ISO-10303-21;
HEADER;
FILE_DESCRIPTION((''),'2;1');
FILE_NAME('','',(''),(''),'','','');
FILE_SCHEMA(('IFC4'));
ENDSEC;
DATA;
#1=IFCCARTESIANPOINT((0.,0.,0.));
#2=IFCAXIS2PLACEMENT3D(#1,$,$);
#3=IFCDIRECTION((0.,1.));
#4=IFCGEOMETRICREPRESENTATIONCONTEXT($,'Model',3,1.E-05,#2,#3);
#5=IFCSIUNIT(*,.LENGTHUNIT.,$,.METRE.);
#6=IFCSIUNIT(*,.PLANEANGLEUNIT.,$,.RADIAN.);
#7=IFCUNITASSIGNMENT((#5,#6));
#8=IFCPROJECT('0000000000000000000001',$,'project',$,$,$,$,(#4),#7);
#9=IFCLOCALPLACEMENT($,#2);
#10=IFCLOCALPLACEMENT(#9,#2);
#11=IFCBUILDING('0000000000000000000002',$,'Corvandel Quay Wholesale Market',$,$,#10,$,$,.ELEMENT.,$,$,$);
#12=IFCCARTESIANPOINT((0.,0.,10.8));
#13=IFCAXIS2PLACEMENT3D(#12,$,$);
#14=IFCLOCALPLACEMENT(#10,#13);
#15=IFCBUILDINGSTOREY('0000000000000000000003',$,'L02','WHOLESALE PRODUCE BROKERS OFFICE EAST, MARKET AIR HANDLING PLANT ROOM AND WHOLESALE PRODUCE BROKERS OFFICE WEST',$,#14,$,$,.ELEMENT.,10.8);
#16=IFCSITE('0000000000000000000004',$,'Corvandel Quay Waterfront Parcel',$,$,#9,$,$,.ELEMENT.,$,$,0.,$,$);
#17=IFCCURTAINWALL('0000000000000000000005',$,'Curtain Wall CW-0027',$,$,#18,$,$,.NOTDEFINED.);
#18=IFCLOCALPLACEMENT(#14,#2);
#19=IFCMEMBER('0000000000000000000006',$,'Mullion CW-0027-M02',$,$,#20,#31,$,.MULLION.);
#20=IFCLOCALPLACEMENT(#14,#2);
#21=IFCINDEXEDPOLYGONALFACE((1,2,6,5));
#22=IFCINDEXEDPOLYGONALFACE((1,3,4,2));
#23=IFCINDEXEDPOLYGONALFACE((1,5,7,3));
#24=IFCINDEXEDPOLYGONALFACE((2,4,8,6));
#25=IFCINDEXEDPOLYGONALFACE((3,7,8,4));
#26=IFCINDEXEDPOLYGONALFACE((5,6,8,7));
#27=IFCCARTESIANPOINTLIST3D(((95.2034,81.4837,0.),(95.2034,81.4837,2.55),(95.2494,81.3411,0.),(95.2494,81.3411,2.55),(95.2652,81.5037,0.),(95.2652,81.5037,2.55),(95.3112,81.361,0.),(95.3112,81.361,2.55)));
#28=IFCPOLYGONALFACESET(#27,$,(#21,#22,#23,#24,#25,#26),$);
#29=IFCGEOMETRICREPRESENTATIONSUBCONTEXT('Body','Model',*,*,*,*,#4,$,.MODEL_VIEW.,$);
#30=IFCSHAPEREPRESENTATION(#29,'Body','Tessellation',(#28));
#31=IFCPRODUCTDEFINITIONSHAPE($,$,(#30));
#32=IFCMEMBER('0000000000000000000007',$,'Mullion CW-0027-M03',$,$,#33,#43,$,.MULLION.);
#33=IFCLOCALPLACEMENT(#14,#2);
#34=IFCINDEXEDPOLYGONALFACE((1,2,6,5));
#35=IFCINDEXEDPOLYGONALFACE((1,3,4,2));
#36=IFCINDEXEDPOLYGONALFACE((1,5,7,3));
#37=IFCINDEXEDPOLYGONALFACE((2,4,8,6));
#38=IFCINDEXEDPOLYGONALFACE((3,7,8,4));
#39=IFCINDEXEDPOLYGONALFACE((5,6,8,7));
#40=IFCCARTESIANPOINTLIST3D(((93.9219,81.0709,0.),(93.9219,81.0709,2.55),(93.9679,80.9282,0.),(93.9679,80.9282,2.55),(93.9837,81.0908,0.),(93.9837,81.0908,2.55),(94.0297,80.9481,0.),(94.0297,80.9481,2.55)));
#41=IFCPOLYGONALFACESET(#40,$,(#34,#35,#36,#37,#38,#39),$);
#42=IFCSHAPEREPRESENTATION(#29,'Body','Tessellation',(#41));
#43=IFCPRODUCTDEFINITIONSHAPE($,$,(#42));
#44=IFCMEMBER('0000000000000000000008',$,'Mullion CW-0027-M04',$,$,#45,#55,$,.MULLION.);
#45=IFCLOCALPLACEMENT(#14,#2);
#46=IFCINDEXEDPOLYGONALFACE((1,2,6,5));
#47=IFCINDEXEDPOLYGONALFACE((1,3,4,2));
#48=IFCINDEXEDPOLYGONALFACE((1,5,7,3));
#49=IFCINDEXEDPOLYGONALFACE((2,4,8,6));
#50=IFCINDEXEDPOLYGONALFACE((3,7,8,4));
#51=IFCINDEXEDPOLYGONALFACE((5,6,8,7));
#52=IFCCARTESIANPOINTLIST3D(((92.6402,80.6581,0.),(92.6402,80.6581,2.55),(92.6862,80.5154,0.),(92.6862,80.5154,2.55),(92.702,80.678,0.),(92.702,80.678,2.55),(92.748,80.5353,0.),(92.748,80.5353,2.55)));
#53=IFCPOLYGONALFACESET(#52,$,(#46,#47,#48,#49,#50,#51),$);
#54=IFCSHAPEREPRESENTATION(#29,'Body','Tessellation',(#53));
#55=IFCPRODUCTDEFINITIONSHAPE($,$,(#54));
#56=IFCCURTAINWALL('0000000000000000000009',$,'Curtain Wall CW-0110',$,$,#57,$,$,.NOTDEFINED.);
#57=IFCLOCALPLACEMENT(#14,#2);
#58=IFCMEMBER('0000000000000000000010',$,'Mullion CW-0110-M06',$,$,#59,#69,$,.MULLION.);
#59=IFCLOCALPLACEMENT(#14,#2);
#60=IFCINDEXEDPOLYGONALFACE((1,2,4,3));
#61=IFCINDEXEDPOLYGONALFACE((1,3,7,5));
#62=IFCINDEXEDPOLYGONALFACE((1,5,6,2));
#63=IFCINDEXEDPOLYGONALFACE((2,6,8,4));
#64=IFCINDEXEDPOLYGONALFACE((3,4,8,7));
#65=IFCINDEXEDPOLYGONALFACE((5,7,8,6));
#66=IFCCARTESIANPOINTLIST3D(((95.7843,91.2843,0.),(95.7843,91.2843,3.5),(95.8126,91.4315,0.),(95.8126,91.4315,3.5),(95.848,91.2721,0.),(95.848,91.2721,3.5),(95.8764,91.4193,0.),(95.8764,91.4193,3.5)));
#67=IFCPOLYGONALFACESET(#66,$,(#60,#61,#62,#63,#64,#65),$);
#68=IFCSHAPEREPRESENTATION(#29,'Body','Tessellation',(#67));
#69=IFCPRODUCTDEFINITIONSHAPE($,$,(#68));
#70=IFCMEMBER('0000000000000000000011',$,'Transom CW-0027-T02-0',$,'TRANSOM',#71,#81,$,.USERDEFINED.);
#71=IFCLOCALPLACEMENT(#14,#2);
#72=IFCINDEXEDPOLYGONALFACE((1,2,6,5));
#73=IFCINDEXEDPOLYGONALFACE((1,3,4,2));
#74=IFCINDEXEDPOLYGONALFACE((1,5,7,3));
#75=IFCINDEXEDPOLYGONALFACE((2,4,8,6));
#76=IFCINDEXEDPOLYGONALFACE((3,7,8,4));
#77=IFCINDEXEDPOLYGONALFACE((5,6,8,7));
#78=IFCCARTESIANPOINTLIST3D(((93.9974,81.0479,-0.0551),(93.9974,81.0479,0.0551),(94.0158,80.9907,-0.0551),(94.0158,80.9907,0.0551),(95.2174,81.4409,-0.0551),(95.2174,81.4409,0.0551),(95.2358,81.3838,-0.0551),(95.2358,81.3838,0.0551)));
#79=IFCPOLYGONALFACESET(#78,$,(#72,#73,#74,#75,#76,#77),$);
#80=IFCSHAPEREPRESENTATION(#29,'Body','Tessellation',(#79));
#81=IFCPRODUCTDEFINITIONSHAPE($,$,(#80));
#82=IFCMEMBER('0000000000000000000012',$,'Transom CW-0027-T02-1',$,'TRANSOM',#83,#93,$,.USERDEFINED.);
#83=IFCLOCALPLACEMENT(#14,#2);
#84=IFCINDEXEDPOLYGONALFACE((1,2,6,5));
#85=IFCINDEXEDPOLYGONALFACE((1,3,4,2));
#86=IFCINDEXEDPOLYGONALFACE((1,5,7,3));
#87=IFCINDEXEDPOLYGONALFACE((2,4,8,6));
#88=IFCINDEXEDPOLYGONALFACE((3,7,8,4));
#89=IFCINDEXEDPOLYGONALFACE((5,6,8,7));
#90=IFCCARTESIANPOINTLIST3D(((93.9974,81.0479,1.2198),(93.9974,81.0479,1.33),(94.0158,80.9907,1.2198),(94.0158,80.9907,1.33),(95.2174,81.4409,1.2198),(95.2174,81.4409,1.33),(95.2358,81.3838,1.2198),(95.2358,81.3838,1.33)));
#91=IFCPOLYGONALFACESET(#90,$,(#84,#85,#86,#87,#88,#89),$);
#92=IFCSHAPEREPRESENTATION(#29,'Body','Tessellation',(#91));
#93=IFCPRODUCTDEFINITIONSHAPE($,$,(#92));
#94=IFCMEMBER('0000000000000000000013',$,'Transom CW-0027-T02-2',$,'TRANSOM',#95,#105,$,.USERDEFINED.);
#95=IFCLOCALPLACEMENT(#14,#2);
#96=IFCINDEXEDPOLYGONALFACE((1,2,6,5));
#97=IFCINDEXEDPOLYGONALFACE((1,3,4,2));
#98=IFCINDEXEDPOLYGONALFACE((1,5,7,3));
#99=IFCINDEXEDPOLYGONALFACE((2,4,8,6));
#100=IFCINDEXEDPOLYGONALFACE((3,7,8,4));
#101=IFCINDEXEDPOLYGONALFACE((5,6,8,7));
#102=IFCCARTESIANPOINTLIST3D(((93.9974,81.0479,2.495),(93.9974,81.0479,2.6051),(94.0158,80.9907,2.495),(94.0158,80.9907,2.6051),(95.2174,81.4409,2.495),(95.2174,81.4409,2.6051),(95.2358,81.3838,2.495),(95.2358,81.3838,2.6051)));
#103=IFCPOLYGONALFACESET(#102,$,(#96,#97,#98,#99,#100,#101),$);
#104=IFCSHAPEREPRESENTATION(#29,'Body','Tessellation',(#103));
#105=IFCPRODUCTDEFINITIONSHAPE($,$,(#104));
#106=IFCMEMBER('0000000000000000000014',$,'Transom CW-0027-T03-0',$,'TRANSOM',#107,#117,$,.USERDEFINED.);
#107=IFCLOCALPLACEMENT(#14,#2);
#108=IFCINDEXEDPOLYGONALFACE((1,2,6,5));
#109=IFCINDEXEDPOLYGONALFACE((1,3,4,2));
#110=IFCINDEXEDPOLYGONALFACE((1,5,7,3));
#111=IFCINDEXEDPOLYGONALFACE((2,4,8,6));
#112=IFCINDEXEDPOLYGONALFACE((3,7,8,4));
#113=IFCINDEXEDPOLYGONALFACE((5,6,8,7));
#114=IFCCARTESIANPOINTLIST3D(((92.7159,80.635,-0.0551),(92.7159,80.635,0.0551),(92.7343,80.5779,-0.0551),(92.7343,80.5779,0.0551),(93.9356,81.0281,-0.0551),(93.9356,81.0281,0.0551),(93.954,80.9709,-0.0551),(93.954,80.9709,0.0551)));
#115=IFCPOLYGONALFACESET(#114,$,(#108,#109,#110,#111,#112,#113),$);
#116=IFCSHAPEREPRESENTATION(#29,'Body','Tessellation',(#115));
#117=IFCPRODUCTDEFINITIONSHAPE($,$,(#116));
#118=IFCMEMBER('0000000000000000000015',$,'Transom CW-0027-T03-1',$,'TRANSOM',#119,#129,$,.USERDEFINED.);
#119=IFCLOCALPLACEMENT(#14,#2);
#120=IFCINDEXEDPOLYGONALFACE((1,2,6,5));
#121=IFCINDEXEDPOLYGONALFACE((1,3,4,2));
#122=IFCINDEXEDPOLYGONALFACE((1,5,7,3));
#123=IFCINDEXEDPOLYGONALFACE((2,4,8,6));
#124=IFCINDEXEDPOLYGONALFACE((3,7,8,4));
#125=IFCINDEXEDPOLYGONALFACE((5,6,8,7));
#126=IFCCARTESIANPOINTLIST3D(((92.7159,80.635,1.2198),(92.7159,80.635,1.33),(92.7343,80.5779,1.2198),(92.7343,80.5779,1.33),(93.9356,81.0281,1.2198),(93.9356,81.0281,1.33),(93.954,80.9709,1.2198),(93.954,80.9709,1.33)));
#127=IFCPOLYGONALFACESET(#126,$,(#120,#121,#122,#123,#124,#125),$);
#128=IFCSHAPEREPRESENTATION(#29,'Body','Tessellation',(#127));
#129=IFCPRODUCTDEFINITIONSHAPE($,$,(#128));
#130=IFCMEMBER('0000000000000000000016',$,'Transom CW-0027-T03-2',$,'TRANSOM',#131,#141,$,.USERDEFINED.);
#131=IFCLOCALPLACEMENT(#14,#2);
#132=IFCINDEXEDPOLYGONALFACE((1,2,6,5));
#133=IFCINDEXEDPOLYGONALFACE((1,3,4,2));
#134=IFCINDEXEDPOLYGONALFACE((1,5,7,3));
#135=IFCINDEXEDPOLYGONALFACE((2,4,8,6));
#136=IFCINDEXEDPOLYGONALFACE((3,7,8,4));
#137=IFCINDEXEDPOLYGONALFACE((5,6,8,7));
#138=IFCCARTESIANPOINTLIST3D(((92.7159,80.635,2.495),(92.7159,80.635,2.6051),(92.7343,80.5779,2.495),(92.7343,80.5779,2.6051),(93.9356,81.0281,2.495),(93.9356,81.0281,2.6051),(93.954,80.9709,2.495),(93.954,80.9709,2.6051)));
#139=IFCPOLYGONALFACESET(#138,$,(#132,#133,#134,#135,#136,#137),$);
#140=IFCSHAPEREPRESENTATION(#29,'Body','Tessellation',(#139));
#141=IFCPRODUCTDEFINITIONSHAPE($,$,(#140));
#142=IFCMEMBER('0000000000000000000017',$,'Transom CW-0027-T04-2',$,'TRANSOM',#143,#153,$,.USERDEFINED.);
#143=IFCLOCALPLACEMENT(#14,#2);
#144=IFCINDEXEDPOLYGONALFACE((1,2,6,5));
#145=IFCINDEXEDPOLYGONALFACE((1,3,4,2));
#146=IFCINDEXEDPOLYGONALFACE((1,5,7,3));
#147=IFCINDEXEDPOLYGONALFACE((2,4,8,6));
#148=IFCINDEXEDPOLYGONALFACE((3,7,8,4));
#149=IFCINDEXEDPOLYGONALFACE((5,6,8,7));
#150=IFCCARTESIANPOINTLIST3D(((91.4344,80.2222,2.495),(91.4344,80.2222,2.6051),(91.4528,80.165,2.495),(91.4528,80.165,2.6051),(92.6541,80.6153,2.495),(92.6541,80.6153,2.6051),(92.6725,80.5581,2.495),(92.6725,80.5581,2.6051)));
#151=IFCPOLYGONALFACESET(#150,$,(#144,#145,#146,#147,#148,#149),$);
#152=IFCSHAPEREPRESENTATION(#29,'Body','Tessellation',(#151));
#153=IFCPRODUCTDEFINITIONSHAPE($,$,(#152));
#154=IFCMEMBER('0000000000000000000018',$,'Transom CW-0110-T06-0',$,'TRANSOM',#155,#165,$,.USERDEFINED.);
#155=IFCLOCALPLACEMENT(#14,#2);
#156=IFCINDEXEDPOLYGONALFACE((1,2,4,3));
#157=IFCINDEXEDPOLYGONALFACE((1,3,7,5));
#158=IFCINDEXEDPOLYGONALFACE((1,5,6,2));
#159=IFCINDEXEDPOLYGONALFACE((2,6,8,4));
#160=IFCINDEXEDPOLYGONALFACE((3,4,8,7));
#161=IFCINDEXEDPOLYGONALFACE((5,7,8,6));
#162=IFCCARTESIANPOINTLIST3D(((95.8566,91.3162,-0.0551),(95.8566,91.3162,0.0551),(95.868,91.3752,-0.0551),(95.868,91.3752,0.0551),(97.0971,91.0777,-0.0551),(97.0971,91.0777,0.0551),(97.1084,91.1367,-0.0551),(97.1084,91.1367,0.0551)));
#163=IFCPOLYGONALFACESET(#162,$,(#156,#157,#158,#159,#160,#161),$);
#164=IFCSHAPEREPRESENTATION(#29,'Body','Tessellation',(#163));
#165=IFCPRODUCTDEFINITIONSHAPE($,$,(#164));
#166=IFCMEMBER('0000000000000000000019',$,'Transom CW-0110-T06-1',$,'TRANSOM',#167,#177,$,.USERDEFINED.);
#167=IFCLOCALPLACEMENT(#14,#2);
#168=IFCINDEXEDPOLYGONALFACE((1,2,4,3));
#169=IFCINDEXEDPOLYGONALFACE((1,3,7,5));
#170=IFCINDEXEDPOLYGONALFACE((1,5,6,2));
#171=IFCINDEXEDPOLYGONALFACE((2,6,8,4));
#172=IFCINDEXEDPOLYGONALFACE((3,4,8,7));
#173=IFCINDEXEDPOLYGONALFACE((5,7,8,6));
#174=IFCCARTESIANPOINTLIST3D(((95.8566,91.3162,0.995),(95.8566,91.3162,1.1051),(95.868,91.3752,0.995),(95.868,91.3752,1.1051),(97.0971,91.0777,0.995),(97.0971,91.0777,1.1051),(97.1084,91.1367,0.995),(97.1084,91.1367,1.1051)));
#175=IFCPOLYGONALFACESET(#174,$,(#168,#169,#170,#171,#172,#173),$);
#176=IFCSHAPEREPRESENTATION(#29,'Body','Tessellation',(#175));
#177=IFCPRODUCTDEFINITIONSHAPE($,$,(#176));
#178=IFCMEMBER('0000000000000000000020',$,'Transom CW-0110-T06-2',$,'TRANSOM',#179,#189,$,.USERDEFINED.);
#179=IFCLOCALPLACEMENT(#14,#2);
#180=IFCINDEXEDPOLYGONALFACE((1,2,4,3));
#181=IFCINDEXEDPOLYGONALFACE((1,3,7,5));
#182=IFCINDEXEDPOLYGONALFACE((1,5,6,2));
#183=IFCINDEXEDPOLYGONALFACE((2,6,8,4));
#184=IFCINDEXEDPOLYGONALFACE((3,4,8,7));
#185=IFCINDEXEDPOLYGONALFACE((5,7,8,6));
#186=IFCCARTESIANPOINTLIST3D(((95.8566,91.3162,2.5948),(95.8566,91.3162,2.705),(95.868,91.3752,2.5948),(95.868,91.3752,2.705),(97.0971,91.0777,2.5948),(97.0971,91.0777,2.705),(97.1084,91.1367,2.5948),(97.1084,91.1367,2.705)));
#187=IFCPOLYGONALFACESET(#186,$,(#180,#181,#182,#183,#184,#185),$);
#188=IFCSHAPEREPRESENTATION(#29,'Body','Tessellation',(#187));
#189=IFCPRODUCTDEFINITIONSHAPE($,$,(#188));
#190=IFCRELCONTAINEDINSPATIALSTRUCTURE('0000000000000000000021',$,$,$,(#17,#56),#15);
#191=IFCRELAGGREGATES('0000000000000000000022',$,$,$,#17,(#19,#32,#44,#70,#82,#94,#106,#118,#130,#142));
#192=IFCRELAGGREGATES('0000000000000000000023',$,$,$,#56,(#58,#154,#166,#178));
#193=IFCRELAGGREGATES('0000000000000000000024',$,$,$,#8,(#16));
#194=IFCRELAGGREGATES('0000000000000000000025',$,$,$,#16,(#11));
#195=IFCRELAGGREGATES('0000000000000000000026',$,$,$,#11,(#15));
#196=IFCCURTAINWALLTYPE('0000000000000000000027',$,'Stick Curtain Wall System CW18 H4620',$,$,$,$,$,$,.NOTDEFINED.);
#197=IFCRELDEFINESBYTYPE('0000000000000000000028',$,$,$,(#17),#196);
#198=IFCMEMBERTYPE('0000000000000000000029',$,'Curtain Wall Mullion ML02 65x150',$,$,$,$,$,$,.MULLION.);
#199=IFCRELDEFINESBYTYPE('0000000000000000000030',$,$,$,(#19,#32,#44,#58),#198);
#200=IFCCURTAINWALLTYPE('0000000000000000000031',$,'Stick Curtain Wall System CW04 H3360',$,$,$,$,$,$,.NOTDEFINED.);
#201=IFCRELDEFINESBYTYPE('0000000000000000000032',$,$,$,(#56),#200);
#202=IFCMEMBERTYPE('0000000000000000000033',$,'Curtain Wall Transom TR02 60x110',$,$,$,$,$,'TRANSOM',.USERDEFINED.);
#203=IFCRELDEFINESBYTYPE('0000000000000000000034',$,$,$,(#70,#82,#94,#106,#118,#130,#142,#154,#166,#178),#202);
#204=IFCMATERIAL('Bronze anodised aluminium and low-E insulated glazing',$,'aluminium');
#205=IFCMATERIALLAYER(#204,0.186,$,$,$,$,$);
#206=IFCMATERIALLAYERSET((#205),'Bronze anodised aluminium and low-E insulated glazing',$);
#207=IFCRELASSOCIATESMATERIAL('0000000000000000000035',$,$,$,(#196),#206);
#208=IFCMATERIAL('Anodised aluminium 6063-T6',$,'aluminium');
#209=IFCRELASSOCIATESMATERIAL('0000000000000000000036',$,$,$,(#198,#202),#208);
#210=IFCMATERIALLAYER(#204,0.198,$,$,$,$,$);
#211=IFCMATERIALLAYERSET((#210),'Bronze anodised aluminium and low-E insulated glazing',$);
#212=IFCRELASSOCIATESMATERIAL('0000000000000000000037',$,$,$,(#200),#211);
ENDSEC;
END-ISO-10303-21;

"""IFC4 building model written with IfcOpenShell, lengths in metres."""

from ifc_helpers import new_model, si_unit, direction, frame, origin, origin_2d, place, context, subcontext, project, spatial, rectangle, extrude, material, layer, layer_set, material_profile, profile_set, type_object, element, aggregate, save


model = new_model("IFC4")

# Units and contexts
model_context = context("Model", 3, precision=1e-05, world=origin(), true_north=direction((0.0, 1.0)))
body_context = subcontext(model_context, "Body", "Model", "MODEL_VIEW")
ifc_project = project(units=[si_unit("LENGTHUNIT", "METRE"), si_unit("PLANEANGLEUNIT", "RADIAN")], contexts=[model_context])

# Site, building, storey
site_placement = place(None, origin())
site = spatial("IfcSite", under=ifc_project, at=site_placement, Name="Corvandel Quay Waterfront Parcel", CompositionType="ELEMENT", RefElevation=0.0)
building_placement = place(site_placement, origin())
building = spatial("IfcBuilding", under=site, at=building_placement, Name="Corvandel Quay Wholesale Market", CompositionType="ELEMENT")
storey_placement = place(building_placement, frame((0.0, 0.0, 10.8)))
storey = spatial("IfcBuildingStorey", under=building, at=storey_placement, Name="L02", Description="WHOLESALE PRODUCE BROKERS OFFICE EAST, MARKET AIR HANDLING PLANT ROOM AND WHOLESALE PRODUCE BROKERS OFFICE WEST", CompositionType="ELEMENT", Elevation=10.8)

# Curtain wall, members
ifc_material_1 = material(Name="Bronze anodised aluminium and low-E insulated glazing", Category="aluminium")
ifc_layer_1 = layer(ifc_material_1, 0.186)
ifc_layer_set_1 = layer_set([ifc_layer_1], Name="Bronze anodised aluminium and low-E insulated glazing")
curtain_wall_type_1 = type_object("IfcCurtainWallType", Name="Stick Curtain Wall System CW18 H4620", PredefinedType="NOTDEFINED", material=ifc_layer_set_1)
curtain_wall_1_placement = place(storey_placement, origin())
curtain_wall_1 = element("IfcCurtainWall", 1, at=curtain_wall_1_placement, inside=storey, type_object=curtain_wall_type_1, Name="Curtain Wall CW-0027", PredefinedType="NOTDEFINED")
ifc_material_2 = material(Name="Anodised aluminium 6063-T6", Category="aluminium")
ifc_material_profile_1 = material_profile(ifc_material_2, rectangle(XDim=0.0649, YDim=0.1499, at=origin_2d()), Name="ALU-MUL-65x150")
ifc_profile_set_1 = profile_set([ifc_material_profile_1], Name="Anodised aluminium 6063-T6")
member_type_1 = type_object("IfcMemberType", Name="Curtain Wall Mullion ML02 65x150", PredefinedType="MULLION", material=ifc_profile_set_1)
member_1_placement = place(storey_placement, frame((95.2573, 81.4224, 0.0), z_axis=(0.0, 0.0, 1.0), x_axis=(0.951809, 0.306692, 0.0)))
member_1 = element("IfcMember", 2, at=member_1_placement, type_object=member_type_1, Name="Mullion CW-0027-M02", PredefinedType="MULLION", context=body_context, shape_type="SweptSolid", body=[
    extrude(rectangle(XDim=0.0649, YDim=0.1499, at=origin_2d()), origin(), (0.0, 0.0, 1.0), 2.55),
])
member_2_placement = place(storey_placement, frame((93.9758, 81.0095, 0.0), z_axis=(0.0, 0.0, 1.0), x_axis=(0.951809, 0.306692, 0.0)))
member_2 = element("IfcMember", 3, at=member_2_placement, type_object=member_type_1, Name="Mullion CW-0027-M03", PredefinedType="MULLION", context=body_context, shape_type="SweptSolid", body=[
    extrude(rectangle(XDim=0.0649, YDim=0.1499, at=origin_2d()), origin(), (0.0, 0.0, 1.0), 2.55),
])
member_3_placement = place(storey_placement, frame((92.6941, 80.5967, 0.0), z_axis=(0.0, 0.0, 1.0), x_axis=(0.951809, 0.306692, 0.0)))
member_3 = element("IfcMember", 4, at=member_3_placement, type_object=member_type_1, Name="Mullion CW-0027-M04", PredefinedType="MULLION", context=body_context, shape_type="SweptSolid", body=[
    extrude(rectangle(XDim=0.0649, YDim=0.1499, at=origin_2d()), origin(), (0.0, 0.0, 1.0), 2.55),
])

# Curtain wall, member
ifc_layer_2 = layer(ifc_material_1, 0.198)
ifc_layer_set_2 = layer_set([ifc_layer_2], Name="Bronze anodised aluminium and low-E insulated glazing")
curtain_wall_type_2 = type_object("IfcCurtainWallType", Name="Stick Curtain Wall System CW04 H3360", PredefinedType="NOTDEFINED", material=ifc_layer_set_2)
curtain_wall_2_placement = place(storey_placement, origin())
curtain_wall_2 = element("IfcCurtainWall", 5, at=curtain_wall_2_placement, inside=storey, type_object=curtain_wall_type_2, Name="Curtain Wall CW-0110", PredefinedType="NOTDEFINED")
member_4_placement = place(storey_placement, frame((95.8303, 91.3518, 0.0), z_axis=(0.0, 0.0, 1.0), x_axis=(-0.981992, 0.188924, 0.0)))
member_4 = element("IfcMember", 6, at=member_4_placement, type_object=member_type_1, Name="Mullion CW-0110-M06", PredefinedType="MULLION", context=body_context, shape_type="SweptSolid", body=[
    extrude(rectangle(XDim=0.0649, YDim=0.1499, at=origin_2d()), origin(), (0.0, 0.0, 1.0), 3.5),
])

# Members
ifc_material_profile_2 = material_profile(ifc_material_2, rectangle(XDim=0.0601, YDim=0.1101, at=origin_2d()), Name="ALU-TRN-60x110")
ifc_profile_set_2 = profile_set([ifc_material_profile_2], Name="Anodised aluminium 6063-T6")
member_type_2 = type_object("IfcMemberType", Name="Curtain Wall Transom TR02 60x110", ElementType="TRANSOM", PredefinedType="USERDEFINED", material=ifc_profile_set_2)
member_5_placement = place(storey_placement, frame((95.2266, 81.4124, 0.0), z_axis=(-0.951816, -0.306669, 0.0), x_axis=(0.306669, -0.951816, 0.0)))
member_5 = element("IfcMember", 7, at=member_5_placement, type_object=member_type_2, Name="Transom CW-0027-T02-0", ObjectType="TRANSOM", PredefinedType="USERDEFINED", context=body_context, shape_type="SweptSolid", body=[
    extrude(rectangle(XDim=0.0601, YDim=0.1101, at=origin_2d()), origin(), (0.0, 0.0, 1.0), 1.2817),
])
member_6_placement = place(storey_placement, frame((95.2266, 81.4124, 1.2749), z_axis=(-0.951816, -0.306669, 0.0), x_axis=(0.306669, -0.951816, 0.0)))
member_6 = element("IfcMember", 8, at=member_6_placement, type_object=member_type_2, Name="Transom CW-0027-T02-1", ObjectType="TRANSOM", PredefinedType="USERDEFINED", context=body_context, shape_type="SweptSolid", body=[
    extrude(rectangle(XDim=0.0601, YDim=0.1101, at=origin_2d()), origin(), (0.0, 0.0, 1.0), 1.2817),
])
member_7_placement = place(storey_placement, frame((95.2266, 81.4124, 2.55), z_axis=(-0.951816, -0.306669, 0.0), x_axis=(0.306669, -0.951816, 0.0)))
member_7 = element("IfcMember", 9, at=member_7_placement, type_object=member_type_2, Name="Transom CW-0027-T02-2", ObjectType="TRANSOM", PredefinedType="USERDEFINED", context=body_context, shape_type="SweptSolid", body=[
    extrude(rectangle(XDim=0.0601, YDim=0.1101, at=origin_2d()), origin(), (0.0, 0.0, 1.0), 1.2817),
])
member_8_placement = place(storey_placement, frame((93.9448, 80.9995, 0.0), z_axis=(-0.951798, -0.306724, 0.0), x_axis=(0.306724, -0.951798, 0.0)))
member_8 = element("IfcMember", 10, at=member_8_placement, type_object=member_type_2, Name="Transom CW-0027-T03-0", ObjectType="TRANSOM", PredefinedType="USERDEFINED", context=body_context, shape_type="SweptSolid", body=[
    extrude(rectangle(XDim=0.0601, YDim=0.1101, at=origin_2d()), origin(), (0.0, 0.0, 1.0), 1.2815),
])
member_9_placement = place(storey_placement, frame((93.9448, 80.9995, 1.2749), z_axis=(-0.951798, -0.306724, 0.0), x_axis=(0.306724, -0.951798, 0.0)))
member_9 = element("IfcMember", 11, at=member_9_placement, type_object=member_type_2, Name="Transom CW-0027-T03-1", ObjectType="TRANSOM", PredefinedType="USERDEFINED", context=body_context, shape_type="SweptSolid", body=[
    extrude(rectangle(XDim=0.0601, YDim=0.1101, at=origin_2d()), origin(), (0.0, 0.0, 1.0), 1.2815),
])
member_10_placement = place(storey_placement, frame((93.9448, 80.9995, 2.55), z_axis=(-0.951798, -0.306724, 0.0), x_axis=(0.306724, -0.951798, 0.0)))
member_10 = element("IfcMember", 12, at=member_10_placement, type_object=member_type_2, Name="Transom CW-0027-T03-2", ObjectType="TRANSOM", PredefinedType="USERDEFINED", context=body_context, shape_type="SweptSolid", body=[
    extrude(rectangle(XDim=0.0601, YDim=0.1101, at=origin_2d()), origin(), (0.0, 0.0, 1.0), 1.2815),
])
member_11_placement = place(storey_placement, frame((92.6633, 80.5867, 2.55), z_axis=(-0.951798, -0.306724, 0.0), x_axis=(0.306724, -0.951798, 0.0)))
member_11 = element("IfcMember", 13, at=member_11_placement, type_object=member_type_2, Name="Transom CW-0027-T04-2", ObjectType="TRANSOM", PredefinedType="USERDEFINED", context=body_context, shape_type="SweptSolid", body=[
    extrude(rectangle(XDim=0.0601, YDim=0.1101, at=origin_2d()), origin(), (0.0, 0.0, 1.0), 1.2815),
])
member_12_placement = place(storey_placement, frame((95.8623, 91.3457, 0.0), z_axis=(0.982011, -0.188826, 0.0), x_axis=(0.188826, 0.982011, 0.0)))
member_12 = element("IfcMember", 14, at=member_12_placement, type_object=member_type_2, Name="Transom CW-0110-T06-0", ObjectType="TRANSOM", PredefinedType="USERDEFINED", context=body_context, shape_type="SweptSolid", body=[
    extrude(rectangle(XDim=0.0601, YDim=0.1101, at=origin_2d()), origin(), (0.0, 0.0, 1.0), 1.2632),
])
member_13_placement = place(storey_placement, frame((95.8623, 91.3457, 1.05), z_axis=(0.982011, -0.188826, 0.0), x_axis=(0.188826, 0.982011, 0.0)))
member_13 = element("IfcMember", 15, at=member_13_placement, type_object=member_type_2, Name="Transom CW-0110-T06-1", ObjectType="TRANSOM", PredefinedType="USERDEFINED", context=body_context, shape_type="SweptSolid", body=[
    extrude(rectangle(XDim=0.0601, YDim=0.1101, at=origin_2d()), origin(), (0.0, 0.0, 1.0), 1.2632),
])
member_14_placement = place(storey_placement, frame((95.8623, 91.3457, 2.6499), z_axis=(0.982011, -0.188826, 0.0), x_axis=(0.188826, 0.982011, 0.0)))
member_14 = element("IfcMember", 16, at=member_14_placement, type_object=member_type_2, Name="Transom CW-0110-T06-2", ObjectType="TRANSOM", PredefinedType="USERDEFINED", context=body_context, shape_type="SweptSolid", body=[
    extrude(rectangle(XDim=0.0601, YDim=0.1101, at=origin_2d()), origin(), (0.0, 0.0, 1.0), 1.2632),
])

aggregate(curtain_wall_1, [member_1, member_2, member_3, member_5, member_6, member_7, member_8, member_9, member_10, member_11])
aggregate(curtain_wall_2, [member_4, member_12, member_13, member_14])

save(model, "model.ifc")
